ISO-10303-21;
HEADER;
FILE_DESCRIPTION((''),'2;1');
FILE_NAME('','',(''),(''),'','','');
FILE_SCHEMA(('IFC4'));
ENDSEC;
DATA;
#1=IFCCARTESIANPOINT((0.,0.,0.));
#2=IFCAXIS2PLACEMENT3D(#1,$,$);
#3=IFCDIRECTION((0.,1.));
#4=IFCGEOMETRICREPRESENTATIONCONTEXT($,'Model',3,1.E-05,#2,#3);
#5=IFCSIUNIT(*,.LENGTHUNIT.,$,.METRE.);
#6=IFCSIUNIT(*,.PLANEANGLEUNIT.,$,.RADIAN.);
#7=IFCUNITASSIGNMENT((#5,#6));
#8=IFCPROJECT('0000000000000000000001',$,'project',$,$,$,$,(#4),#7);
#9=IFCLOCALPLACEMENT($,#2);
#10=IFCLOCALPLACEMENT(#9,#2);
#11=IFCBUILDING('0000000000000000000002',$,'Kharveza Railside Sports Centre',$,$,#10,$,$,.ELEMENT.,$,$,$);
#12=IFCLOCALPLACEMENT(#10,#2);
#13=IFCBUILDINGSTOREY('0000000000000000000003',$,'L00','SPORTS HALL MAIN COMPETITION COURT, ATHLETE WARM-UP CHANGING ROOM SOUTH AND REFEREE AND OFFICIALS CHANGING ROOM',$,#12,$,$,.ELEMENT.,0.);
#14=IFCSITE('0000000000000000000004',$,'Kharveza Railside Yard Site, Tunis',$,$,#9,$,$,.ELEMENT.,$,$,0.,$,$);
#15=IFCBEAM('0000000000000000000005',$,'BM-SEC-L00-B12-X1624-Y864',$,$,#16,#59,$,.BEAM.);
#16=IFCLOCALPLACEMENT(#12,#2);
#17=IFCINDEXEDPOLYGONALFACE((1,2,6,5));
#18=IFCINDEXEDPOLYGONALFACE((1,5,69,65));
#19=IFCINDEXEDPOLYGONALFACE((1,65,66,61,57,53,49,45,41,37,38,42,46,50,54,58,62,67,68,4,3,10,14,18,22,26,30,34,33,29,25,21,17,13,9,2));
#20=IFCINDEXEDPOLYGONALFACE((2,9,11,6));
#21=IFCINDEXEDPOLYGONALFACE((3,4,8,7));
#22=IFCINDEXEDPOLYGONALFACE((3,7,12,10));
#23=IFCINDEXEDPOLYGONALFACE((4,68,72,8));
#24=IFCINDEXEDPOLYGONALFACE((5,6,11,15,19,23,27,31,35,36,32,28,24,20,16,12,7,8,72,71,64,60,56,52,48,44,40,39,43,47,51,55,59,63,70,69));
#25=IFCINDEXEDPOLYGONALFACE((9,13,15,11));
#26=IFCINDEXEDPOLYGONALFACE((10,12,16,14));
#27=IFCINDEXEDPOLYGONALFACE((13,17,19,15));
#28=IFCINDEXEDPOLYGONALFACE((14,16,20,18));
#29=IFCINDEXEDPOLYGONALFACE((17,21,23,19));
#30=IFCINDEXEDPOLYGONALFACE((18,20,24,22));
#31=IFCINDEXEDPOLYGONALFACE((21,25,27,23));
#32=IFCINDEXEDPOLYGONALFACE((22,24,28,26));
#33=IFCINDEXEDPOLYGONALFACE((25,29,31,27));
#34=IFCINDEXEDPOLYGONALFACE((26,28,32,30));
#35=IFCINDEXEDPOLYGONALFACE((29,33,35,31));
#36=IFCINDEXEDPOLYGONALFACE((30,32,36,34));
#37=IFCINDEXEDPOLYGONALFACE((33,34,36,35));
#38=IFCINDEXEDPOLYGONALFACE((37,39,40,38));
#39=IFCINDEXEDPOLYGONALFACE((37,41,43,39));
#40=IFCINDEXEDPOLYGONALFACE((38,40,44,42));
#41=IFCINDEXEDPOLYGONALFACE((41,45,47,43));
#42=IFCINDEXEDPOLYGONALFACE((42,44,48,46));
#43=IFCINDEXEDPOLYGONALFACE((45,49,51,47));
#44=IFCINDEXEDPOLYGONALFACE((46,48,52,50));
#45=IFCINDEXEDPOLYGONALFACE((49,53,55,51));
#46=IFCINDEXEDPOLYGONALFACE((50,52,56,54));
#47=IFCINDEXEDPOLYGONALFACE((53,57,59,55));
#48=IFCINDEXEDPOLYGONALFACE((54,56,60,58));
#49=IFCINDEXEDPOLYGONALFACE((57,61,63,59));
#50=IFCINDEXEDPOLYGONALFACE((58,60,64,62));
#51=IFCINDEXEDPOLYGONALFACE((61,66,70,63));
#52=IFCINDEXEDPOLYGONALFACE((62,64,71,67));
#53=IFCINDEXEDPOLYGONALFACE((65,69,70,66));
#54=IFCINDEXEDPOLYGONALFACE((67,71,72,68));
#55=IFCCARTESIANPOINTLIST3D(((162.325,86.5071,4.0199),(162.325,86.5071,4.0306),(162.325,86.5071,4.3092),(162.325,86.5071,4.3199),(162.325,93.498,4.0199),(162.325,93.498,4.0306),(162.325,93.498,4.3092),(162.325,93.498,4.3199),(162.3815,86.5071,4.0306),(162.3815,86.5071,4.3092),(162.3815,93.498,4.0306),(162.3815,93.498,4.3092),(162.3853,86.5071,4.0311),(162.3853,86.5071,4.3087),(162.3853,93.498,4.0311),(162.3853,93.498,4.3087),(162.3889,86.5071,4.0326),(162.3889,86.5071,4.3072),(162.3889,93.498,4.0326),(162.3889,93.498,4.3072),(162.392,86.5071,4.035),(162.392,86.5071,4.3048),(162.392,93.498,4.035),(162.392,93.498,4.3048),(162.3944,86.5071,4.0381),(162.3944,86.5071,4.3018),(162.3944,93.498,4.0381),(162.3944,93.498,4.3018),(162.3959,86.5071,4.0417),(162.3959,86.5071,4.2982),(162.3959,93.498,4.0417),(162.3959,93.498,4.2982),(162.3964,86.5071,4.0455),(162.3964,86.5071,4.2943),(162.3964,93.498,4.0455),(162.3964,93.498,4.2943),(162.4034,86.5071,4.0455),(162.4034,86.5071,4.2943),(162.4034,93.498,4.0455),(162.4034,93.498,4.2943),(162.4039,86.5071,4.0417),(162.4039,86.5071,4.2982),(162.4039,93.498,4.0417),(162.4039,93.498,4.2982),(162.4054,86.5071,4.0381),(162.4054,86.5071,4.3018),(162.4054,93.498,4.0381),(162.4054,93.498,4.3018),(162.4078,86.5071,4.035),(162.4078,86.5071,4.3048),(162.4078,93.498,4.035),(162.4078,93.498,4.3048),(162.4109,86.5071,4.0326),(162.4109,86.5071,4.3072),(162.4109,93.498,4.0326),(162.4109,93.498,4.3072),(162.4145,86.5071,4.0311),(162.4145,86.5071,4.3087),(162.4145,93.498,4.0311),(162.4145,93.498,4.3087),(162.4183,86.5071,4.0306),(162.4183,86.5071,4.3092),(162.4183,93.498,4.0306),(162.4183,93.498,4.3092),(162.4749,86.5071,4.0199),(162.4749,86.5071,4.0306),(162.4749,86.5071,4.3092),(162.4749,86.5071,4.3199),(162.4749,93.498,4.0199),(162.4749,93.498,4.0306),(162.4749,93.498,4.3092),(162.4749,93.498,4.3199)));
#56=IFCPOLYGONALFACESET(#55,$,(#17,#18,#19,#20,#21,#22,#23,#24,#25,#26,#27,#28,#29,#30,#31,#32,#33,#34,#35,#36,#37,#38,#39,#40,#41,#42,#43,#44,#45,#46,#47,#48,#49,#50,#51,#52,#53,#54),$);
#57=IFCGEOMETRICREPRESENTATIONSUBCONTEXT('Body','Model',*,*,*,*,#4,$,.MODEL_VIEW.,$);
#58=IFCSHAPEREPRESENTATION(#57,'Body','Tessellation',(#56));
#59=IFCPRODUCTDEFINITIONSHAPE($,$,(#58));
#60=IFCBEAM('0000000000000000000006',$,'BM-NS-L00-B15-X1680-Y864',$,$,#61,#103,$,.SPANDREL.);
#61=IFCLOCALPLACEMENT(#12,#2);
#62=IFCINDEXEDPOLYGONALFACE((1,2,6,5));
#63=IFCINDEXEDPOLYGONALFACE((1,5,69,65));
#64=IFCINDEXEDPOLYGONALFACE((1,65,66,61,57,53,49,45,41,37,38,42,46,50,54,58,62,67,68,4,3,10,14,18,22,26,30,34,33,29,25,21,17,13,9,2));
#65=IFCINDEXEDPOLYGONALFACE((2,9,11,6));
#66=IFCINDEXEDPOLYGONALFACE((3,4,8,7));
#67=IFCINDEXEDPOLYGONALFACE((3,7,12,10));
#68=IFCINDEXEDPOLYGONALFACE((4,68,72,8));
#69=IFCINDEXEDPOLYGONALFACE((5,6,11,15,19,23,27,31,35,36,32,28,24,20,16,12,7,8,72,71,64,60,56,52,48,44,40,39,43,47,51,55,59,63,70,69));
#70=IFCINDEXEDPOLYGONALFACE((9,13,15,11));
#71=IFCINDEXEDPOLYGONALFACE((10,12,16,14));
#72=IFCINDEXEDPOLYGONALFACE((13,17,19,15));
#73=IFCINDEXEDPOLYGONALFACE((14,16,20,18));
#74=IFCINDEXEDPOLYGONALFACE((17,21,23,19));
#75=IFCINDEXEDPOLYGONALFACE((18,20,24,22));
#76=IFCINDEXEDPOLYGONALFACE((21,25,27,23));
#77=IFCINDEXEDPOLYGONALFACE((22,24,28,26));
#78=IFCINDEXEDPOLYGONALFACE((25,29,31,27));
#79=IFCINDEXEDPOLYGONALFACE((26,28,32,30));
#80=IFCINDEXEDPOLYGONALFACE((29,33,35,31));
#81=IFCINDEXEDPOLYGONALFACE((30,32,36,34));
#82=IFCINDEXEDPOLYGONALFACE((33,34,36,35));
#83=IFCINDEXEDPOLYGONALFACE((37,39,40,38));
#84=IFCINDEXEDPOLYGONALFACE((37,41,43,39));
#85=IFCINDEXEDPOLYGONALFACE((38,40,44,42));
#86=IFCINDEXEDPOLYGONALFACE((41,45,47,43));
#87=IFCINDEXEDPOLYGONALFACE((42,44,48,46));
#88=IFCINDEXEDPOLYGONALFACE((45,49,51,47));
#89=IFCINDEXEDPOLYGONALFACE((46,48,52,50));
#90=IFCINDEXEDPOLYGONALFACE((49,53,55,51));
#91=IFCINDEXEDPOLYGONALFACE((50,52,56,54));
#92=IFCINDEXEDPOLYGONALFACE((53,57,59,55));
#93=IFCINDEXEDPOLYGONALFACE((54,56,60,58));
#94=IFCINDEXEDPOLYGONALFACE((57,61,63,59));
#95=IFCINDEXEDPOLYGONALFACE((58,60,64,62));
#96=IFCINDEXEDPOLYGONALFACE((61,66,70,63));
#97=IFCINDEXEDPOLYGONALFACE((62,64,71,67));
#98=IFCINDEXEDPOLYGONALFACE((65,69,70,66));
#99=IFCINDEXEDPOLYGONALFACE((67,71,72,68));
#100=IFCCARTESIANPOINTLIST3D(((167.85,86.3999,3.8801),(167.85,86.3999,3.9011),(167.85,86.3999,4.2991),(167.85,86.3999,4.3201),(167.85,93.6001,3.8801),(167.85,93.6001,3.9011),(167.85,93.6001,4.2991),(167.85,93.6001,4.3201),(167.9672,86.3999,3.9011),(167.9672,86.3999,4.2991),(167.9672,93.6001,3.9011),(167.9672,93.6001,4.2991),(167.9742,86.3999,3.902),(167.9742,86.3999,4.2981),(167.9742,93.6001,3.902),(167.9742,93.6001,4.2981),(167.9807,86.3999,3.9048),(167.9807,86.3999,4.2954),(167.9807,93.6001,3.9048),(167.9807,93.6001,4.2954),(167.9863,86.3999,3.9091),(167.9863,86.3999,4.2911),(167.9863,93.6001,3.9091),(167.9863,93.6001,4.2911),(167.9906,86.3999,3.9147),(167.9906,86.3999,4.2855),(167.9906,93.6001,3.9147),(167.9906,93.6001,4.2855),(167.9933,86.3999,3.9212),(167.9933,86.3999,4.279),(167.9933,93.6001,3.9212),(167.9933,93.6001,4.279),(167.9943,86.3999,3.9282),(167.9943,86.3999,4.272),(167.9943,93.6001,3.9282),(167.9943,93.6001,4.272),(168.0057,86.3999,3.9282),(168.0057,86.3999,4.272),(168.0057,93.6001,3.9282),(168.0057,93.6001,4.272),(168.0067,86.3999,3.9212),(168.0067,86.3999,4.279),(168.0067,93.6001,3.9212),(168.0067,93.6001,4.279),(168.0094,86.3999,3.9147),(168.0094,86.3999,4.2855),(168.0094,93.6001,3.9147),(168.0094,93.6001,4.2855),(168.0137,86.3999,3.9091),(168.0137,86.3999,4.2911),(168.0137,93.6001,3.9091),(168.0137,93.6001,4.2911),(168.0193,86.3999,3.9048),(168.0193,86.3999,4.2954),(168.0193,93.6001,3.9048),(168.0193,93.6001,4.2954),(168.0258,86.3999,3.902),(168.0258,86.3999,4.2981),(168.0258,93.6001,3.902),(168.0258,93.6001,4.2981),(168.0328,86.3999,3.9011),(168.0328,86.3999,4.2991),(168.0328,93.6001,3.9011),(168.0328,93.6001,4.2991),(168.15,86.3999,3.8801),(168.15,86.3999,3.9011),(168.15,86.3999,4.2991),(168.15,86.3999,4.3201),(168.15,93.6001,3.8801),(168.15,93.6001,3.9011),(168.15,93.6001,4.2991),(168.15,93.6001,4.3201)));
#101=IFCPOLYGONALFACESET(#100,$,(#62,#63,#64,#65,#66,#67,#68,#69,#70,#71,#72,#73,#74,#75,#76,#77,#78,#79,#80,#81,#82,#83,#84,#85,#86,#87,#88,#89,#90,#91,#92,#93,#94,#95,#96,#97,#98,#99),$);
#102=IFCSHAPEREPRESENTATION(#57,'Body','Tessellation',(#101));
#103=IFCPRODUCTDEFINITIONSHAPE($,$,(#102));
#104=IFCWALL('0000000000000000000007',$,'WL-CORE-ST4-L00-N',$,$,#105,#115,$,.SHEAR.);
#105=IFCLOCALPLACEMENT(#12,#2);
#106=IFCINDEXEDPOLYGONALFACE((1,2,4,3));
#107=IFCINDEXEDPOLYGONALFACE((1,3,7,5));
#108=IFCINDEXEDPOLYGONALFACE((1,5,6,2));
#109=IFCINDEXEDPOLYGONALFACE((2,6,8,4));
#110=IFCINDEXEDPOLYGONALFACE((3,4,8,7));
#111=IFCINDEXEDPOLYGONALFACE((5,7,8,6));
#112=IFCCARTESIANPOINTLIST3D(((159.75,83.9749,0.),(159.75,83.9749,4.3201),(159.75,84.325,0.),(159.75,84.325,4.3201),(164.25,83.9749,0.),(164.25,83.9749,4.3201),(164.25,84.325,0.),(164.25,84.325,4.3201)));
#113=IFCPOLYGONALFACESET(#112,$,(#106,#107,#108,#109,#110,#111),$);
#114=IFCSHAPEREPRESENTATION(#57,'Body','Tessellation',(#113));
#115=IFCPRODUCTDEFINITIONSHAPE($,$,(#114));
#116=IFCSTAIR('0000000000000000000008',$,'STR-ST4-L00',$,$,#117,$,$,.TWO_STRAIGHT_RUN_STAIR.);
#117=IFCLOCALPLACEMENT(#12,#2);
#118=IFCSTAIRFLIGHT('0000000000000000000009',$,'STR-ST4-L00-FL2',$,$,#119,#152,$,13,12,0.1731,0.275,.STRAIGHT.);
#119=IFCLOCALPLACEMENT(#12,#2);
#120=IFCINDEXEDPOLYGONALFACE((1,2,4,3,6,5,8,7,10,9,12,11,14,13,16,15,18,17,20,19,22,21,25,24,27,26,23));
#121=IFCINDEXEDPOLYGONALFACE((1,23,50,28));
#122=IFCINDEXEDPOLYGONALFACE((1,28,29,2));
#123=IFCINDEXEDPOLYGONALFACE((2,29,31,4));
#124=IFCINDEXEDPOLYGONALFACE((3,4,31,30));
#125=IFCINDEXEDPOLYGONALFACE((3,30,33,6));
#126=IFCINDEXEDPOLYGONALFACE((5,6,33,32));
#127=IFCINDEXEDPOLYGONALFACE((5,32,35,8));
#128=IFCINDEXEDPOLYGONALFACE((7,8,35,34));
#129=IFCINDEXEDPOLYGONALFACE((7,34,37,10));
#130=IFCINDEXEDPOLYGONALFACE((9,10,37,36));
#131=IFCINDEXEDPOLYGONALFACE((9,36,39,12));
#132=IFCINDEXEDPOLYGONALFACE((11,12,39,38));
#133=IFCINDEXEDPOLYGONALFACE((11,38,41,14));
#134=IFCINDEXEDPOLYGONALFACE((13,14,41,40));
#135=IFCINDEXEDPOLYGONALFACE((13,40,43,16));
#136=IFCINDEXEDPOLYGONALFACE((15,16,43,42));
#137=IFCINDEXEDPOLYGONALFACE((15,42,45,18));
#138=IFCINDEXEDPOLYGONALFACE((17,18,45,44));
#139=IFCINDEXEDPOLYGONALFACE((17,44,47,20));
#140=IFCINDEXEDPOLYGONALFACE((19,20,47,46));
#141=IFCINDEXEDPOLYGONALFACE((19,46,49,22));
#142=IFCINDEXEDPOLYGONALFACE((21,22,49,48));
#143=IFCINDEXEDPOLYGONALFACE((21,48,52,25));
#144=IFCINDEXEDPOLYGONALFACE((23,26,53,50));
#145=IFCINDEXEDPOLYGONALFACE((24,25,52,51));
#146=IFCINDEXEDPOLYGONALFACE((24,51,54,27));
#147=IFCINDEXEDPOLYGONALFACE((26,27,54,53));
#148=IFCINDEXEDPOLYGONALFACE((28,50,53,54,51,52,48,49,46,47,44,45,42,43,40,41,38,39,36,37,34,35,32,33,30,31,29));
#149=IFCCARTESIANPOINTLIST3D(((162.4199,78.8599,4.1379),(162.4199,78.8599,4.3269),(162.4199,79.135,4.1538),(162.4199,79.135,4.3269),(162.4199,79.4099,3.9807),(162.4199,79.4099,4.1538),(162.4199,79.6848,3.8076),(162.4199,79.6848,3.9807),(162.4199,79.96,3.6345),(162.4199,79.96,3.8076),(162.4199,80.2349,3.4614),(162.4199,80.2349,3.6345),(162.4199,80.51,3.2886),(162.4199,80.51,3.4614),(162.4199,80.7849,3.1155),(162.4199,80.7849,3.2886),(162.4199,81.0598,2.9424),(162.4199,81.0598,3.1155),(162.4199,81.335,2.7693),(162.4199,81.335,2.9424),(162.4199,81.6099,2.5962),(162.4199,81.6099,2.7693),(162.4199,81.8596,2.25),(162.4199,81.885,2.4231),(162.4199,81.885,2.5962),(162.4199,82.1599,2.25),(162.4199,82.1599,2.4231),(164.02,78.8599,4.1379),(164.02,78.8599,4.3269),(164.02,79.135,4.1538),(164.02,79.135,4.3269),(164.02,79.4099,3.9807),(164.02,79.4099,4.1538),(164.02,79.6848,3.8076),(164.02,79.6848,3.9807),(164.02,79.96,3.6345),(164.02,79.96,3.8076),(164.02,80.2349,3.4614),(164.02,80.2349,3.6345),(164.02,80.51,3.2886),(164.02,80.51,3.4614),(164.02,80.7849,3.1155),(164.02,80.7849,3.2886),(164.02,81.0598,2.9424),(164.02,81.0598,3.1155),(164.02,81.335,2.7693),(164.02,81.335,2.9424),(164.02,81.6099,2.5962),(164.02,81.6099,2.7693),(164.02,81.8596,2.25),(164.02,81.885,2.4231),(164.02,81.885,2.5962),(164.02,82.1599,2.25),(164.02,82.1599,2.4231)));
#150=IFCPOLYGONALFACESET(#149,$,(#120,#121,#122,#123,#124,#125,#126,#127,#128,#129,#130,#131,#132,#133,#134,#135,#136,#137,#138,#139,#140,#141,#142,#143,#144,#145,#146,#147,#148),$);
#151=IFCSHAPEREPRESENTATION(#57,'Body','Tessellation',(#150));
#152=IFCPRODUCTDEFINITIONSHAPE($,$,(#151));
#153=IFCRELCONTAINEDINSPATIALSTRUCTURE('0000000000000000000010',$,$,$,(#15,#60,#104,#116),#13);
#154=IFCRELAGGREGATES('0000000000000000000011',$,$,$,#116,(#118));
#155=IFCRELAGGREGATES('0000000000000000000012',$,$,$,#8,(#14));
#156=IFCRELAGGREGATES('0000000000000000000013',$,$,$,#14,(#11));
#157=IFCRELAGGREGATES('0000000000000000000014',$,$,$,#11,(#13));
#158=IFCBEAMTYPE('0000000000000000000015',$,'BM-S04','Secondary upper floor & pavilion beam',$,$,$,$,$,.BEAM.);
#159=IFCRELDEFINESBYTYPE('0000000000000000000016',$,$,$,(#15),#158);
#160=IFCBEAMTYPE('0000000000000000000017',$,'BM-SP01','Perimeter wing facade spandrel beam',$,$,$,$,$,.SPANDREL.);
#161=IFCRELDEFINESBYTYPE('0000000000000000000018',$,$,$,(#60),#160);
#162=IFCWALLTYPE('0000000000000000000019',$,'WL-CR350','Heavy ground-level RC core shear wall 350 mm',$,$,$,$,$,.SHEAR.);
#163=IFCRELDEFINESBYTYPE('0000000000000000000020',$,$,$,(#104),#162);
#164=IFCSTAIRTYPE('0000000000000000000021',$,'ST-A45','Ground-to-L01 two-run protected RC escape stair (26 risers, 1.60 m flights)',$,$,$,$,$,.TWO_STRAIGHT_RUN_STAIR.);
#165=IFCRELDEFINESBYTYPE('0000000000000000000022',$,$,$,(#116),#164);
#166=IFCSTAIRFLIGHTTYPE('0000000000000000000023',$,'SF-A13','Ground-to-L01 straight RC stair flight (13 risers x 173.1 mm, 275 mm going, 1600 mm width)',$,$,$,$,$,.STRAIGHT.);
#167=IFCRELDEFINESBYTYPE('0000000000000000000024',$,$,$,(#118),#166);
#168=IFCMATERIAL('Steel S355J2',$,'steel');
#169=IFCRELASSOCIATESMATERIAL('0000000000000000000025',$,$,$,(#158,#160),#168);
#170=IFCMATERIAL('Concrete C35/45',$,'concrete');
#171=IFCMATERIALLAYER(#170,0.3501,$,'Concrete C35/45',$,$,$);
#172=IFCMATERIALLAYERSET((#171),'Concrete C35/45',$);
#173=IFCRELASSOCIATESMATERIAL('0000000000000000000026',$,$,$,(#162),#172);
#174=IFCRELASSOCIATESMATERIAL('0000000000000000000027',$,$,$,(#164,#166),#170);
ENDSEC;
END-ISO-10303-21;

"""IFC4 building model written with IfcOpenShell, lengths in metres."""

from ifc_helpers import new_model, si_unit, direction, frame, frame_2d, origin, origin_2d, place, context, subcontext, project, spatial, polyline, rectangle, i_section, outline, extrude, material, layer, layer_set, material_profile, profile_set, type_object, element, aggregate, save


model = new_model("IFC4")

# Units and contexts
model_context = context("Model", 3, precision=1e-05, world=origin(), true_north=direction((0.0, 1.0)))
body_context = subcontext(model_context, "Body", "Model", "MODEL_VIEW")
ifc_project = project(units=[si_unit("LENGTHUNIT", "METRE"), si_unit("PLANEANGLEUNIT", "RADIAN")], contexts=[model_context])

# Site, building, storey
site_placement = place(None, origin())
site = spatial("IfcSite", under=ifc_project, at=site_placement, Name="Kharveza Railside Yard Site, Tunis", CompositionType="ELEMENT", RefElevation=0.0)
building_placement = place(site_placement, origin())
building = spatial("IfcBuilding", under=site, at=building_placement, Name="Kharveza Railside Sports Centre", CompositionType="ELEMENT")
storey_placement = place(building_placement, origin())
storey = spatial("IfcBuildingStorey", under=building, at=storey_placement, Name="L00", Description="SPORTS HALL MAIN COMPETITION COURT, ATHLETE WARM-UP CHANGING ROOM SOUTH AND REFEREE AND OFFICIALS CHANGING ROOM", CompositionType="ELEMENT", Elevation=0.0)

# Shared definitions
ifc_material_1 = material(Name="Concrete C35/45", Category="concrete")

# Shared definitions
ifc_material_2 = material(Name="Steel S355J2", Category="steel")

# Beams
ifc_material_profile_1 = material_profile(ifc_material_2, i_section(OverallWidth=0.1499, OverallDepth=0.3, WebThickness=0.0071, FlangeThickness=0.0107, FilletRadius=0.0149, at=origin_2d()), Name="IPE 300")
ifc_profile_set_1 = profile_set([ifc_material_profile_1], Name="Steel S355J2")
beam_type_1 = type_object("IfcBeamType", Name="BM-S04", Description="Secondary upper floor & pavilion beam", PredefinedType="BEAM", material=ifc_profile_set_1)
beam_1_placement = place(storey_placement, frame((162.3999, 86.5071, 4.1699), z_axis=(0.0, 1.0, 0.0), x_axis=(-1.0, 0.0, 0.0)))
element("IfcBeam", 1, at=beam_1_placement, inside=storey, type_object=beam_type_1, Name="BM-SEC-L00-B12-X1624-Y864", PredefinedType="BEAM", context=body_context, shape_type="SweptSolid", body=[
    extrude(i_section(OverallWidth=0.1499, OverallDepth=0.3, WebThickness=0.0071, FlangeThickness=0.0107, FilletRadius=0.0149, at=origin_2d()), origin(), (0.0, 0.0, 1.0), 6.991),
])
ifc_material_profile_2 = material_profile(ifc_material_2, i_section(OverallWidth=0.3, OverallDepth=0.4399, WebThickness=0.0115, FlangeThickness=0.021, FilletRadius=0.0271, at=origin_2d()), Name="HEA 450")
ifc_profile_set_2 = profile_set([ifc_material_profile_2], Name="Steel S355J2")
beam_type_2 = type_object("IfcBeamType", Name="BM-SP01", Description="Perimeter wing facade spandrel beam", PredefinedType="SPANDREL", material=ifc_profile_set_2)
beam_2_placement = place(storey_placement, frame((168.0, 86.3999, 4.1001), z_axis=(0.0, 1.0, 0.0), x_axis=(-1.0, 0.0, 0.0)))
element("IfcBeam", 2, at=beam_2_placement, inside=storey, type_object=beam_type_2, Name="BM-NS-L00-B15-X1680-Y864", PredefinedType="SPANDREL", context=body_context, shape_type="SweptSolid", body=[
    extrude(i_section(OverallWidth=0.3, OverallDepth=0.4399, WebThickness=0.0115, FlangeThickness=0.021, FilletRadius=0.0271, at=origin_2d()), origin(), (0.0, 0.0, 1.0), 7.2002),
])

# Wall
ifc_layer_1 = layer(ifc_material_1, 0.3501, Name="Concrete C35/45")
ifc_layer_set_1 = layer_set([ifc_layer_1], Name="Concrete C35/45")
wall_type_1 = type_object("IfcWallType", Name="WL-CR350", Description="Heavy ground-level RC core shear wall 350 mm", PredefinedType="SHEAR", material=ifc_layer_set_1)
wall_1_placement = place(storey_placement, frame((164.25, 84.1499, 0.0), z_axis=(0.0, 0.0, 1.0), x_axis=(-1.0, 0.0, 0.0)))
element("IfcWall", 3, at=wall_1_placement, inside=storey, type_object=wall_type_1, Name="WL-CORE-ST4-L00-N", PredefinedType="SHEAR", context=body_context, shape_type="SweptSolid", body=[
    extrude(rectangle(XDim=4.5, YDim=0.3501, at=frame_2d((2.25, 0.0))), origin(), (0.0, 0.0, 1.0), 4.3201),
])

# Stair, stair flight
stair_type = type_object("IfcStairType", Name="ST-A45", Description="Ground-to-L01 two-run protected RC escape stair (26 risers, 1.60 m flights)", PredefinedType="TWO_STRAIGHT_RUN_STAIR", material=ifc_material_1)
stair_placement = place(storey_placement, origin())
stair = element("IfcStair", 4, at=stair_placement, inside=storey, type_object=stair_type, Name="STR-ST4-L00", PredefinedType="TWO_STRAIGHT_RUN_STAIR")
stair_flight_type = type_object("IfcStairFlightType", Name="SF-A13", Description="Ground-to-L01 straight RC stair flight (13 risers x 173.1 mm, 275 mm going, 1600 mm width)", PredefinedType="STRAIGHT", material=ifc_material_1)
stair_flight_placement = place(storey_placement, frame((163.22, 82.1599, 2.25), z_axis=(0.0, 0.0, 1.0), x_axis=(0.0, -1.0, 0.0)))
stair_flight = element("IfcStairFlight", 5, at=stair_flight_placement, type_object=stair_flight_type, Name="STR-ST4-L00-FL2", NumberOfRisers=13, NumberOfTreads=12, PredefinedType="STRAIGHT", RiserHeight=0.1731, TreadLength=0.275, context=body_context, shape_type="SweptSolid", body=[
    extrude(outline(polyline([(0.0, 0.0), (0.0, 0.1731), (0.2749, 0.1731), (0.2749, 0.3462), (0.55, 0.3462), (0.55, 0.5193), (0.825, 0.5193), (0.825, 0.6924), (1.1001, 0.6924), (1.1001, 0.8655), (1.375, 0.8655), (1.375, 1.0386), (1.6499, 1.0386), (1.6499, 1.2114), (1.925, 1.2114), (1.925, 1.3845), (2.2, 1.3845), (2.2, 1.5576), (2.4751, 1.5576), (2.4751, 1.7307), (2.75, 1.7307), (2.75, 1.9038), (3.0249, 1.9038), (3.0249, 2.0769), (3.3, 2.0769), (3.3, 2.25), (3.3, 1.8879), (0.3003, 0.0), (0.0, 0.0)])), frame((0.0, 0.8, 0.0), z_axis=(0.0, -1.0, 0.0), x_axis=(1.0, 0.0, 0.0)), (0.0, 0.0, 1.0), 1.6001),
])
aggregate(stair, [stair_flight])

save(model, "model.ifc")
